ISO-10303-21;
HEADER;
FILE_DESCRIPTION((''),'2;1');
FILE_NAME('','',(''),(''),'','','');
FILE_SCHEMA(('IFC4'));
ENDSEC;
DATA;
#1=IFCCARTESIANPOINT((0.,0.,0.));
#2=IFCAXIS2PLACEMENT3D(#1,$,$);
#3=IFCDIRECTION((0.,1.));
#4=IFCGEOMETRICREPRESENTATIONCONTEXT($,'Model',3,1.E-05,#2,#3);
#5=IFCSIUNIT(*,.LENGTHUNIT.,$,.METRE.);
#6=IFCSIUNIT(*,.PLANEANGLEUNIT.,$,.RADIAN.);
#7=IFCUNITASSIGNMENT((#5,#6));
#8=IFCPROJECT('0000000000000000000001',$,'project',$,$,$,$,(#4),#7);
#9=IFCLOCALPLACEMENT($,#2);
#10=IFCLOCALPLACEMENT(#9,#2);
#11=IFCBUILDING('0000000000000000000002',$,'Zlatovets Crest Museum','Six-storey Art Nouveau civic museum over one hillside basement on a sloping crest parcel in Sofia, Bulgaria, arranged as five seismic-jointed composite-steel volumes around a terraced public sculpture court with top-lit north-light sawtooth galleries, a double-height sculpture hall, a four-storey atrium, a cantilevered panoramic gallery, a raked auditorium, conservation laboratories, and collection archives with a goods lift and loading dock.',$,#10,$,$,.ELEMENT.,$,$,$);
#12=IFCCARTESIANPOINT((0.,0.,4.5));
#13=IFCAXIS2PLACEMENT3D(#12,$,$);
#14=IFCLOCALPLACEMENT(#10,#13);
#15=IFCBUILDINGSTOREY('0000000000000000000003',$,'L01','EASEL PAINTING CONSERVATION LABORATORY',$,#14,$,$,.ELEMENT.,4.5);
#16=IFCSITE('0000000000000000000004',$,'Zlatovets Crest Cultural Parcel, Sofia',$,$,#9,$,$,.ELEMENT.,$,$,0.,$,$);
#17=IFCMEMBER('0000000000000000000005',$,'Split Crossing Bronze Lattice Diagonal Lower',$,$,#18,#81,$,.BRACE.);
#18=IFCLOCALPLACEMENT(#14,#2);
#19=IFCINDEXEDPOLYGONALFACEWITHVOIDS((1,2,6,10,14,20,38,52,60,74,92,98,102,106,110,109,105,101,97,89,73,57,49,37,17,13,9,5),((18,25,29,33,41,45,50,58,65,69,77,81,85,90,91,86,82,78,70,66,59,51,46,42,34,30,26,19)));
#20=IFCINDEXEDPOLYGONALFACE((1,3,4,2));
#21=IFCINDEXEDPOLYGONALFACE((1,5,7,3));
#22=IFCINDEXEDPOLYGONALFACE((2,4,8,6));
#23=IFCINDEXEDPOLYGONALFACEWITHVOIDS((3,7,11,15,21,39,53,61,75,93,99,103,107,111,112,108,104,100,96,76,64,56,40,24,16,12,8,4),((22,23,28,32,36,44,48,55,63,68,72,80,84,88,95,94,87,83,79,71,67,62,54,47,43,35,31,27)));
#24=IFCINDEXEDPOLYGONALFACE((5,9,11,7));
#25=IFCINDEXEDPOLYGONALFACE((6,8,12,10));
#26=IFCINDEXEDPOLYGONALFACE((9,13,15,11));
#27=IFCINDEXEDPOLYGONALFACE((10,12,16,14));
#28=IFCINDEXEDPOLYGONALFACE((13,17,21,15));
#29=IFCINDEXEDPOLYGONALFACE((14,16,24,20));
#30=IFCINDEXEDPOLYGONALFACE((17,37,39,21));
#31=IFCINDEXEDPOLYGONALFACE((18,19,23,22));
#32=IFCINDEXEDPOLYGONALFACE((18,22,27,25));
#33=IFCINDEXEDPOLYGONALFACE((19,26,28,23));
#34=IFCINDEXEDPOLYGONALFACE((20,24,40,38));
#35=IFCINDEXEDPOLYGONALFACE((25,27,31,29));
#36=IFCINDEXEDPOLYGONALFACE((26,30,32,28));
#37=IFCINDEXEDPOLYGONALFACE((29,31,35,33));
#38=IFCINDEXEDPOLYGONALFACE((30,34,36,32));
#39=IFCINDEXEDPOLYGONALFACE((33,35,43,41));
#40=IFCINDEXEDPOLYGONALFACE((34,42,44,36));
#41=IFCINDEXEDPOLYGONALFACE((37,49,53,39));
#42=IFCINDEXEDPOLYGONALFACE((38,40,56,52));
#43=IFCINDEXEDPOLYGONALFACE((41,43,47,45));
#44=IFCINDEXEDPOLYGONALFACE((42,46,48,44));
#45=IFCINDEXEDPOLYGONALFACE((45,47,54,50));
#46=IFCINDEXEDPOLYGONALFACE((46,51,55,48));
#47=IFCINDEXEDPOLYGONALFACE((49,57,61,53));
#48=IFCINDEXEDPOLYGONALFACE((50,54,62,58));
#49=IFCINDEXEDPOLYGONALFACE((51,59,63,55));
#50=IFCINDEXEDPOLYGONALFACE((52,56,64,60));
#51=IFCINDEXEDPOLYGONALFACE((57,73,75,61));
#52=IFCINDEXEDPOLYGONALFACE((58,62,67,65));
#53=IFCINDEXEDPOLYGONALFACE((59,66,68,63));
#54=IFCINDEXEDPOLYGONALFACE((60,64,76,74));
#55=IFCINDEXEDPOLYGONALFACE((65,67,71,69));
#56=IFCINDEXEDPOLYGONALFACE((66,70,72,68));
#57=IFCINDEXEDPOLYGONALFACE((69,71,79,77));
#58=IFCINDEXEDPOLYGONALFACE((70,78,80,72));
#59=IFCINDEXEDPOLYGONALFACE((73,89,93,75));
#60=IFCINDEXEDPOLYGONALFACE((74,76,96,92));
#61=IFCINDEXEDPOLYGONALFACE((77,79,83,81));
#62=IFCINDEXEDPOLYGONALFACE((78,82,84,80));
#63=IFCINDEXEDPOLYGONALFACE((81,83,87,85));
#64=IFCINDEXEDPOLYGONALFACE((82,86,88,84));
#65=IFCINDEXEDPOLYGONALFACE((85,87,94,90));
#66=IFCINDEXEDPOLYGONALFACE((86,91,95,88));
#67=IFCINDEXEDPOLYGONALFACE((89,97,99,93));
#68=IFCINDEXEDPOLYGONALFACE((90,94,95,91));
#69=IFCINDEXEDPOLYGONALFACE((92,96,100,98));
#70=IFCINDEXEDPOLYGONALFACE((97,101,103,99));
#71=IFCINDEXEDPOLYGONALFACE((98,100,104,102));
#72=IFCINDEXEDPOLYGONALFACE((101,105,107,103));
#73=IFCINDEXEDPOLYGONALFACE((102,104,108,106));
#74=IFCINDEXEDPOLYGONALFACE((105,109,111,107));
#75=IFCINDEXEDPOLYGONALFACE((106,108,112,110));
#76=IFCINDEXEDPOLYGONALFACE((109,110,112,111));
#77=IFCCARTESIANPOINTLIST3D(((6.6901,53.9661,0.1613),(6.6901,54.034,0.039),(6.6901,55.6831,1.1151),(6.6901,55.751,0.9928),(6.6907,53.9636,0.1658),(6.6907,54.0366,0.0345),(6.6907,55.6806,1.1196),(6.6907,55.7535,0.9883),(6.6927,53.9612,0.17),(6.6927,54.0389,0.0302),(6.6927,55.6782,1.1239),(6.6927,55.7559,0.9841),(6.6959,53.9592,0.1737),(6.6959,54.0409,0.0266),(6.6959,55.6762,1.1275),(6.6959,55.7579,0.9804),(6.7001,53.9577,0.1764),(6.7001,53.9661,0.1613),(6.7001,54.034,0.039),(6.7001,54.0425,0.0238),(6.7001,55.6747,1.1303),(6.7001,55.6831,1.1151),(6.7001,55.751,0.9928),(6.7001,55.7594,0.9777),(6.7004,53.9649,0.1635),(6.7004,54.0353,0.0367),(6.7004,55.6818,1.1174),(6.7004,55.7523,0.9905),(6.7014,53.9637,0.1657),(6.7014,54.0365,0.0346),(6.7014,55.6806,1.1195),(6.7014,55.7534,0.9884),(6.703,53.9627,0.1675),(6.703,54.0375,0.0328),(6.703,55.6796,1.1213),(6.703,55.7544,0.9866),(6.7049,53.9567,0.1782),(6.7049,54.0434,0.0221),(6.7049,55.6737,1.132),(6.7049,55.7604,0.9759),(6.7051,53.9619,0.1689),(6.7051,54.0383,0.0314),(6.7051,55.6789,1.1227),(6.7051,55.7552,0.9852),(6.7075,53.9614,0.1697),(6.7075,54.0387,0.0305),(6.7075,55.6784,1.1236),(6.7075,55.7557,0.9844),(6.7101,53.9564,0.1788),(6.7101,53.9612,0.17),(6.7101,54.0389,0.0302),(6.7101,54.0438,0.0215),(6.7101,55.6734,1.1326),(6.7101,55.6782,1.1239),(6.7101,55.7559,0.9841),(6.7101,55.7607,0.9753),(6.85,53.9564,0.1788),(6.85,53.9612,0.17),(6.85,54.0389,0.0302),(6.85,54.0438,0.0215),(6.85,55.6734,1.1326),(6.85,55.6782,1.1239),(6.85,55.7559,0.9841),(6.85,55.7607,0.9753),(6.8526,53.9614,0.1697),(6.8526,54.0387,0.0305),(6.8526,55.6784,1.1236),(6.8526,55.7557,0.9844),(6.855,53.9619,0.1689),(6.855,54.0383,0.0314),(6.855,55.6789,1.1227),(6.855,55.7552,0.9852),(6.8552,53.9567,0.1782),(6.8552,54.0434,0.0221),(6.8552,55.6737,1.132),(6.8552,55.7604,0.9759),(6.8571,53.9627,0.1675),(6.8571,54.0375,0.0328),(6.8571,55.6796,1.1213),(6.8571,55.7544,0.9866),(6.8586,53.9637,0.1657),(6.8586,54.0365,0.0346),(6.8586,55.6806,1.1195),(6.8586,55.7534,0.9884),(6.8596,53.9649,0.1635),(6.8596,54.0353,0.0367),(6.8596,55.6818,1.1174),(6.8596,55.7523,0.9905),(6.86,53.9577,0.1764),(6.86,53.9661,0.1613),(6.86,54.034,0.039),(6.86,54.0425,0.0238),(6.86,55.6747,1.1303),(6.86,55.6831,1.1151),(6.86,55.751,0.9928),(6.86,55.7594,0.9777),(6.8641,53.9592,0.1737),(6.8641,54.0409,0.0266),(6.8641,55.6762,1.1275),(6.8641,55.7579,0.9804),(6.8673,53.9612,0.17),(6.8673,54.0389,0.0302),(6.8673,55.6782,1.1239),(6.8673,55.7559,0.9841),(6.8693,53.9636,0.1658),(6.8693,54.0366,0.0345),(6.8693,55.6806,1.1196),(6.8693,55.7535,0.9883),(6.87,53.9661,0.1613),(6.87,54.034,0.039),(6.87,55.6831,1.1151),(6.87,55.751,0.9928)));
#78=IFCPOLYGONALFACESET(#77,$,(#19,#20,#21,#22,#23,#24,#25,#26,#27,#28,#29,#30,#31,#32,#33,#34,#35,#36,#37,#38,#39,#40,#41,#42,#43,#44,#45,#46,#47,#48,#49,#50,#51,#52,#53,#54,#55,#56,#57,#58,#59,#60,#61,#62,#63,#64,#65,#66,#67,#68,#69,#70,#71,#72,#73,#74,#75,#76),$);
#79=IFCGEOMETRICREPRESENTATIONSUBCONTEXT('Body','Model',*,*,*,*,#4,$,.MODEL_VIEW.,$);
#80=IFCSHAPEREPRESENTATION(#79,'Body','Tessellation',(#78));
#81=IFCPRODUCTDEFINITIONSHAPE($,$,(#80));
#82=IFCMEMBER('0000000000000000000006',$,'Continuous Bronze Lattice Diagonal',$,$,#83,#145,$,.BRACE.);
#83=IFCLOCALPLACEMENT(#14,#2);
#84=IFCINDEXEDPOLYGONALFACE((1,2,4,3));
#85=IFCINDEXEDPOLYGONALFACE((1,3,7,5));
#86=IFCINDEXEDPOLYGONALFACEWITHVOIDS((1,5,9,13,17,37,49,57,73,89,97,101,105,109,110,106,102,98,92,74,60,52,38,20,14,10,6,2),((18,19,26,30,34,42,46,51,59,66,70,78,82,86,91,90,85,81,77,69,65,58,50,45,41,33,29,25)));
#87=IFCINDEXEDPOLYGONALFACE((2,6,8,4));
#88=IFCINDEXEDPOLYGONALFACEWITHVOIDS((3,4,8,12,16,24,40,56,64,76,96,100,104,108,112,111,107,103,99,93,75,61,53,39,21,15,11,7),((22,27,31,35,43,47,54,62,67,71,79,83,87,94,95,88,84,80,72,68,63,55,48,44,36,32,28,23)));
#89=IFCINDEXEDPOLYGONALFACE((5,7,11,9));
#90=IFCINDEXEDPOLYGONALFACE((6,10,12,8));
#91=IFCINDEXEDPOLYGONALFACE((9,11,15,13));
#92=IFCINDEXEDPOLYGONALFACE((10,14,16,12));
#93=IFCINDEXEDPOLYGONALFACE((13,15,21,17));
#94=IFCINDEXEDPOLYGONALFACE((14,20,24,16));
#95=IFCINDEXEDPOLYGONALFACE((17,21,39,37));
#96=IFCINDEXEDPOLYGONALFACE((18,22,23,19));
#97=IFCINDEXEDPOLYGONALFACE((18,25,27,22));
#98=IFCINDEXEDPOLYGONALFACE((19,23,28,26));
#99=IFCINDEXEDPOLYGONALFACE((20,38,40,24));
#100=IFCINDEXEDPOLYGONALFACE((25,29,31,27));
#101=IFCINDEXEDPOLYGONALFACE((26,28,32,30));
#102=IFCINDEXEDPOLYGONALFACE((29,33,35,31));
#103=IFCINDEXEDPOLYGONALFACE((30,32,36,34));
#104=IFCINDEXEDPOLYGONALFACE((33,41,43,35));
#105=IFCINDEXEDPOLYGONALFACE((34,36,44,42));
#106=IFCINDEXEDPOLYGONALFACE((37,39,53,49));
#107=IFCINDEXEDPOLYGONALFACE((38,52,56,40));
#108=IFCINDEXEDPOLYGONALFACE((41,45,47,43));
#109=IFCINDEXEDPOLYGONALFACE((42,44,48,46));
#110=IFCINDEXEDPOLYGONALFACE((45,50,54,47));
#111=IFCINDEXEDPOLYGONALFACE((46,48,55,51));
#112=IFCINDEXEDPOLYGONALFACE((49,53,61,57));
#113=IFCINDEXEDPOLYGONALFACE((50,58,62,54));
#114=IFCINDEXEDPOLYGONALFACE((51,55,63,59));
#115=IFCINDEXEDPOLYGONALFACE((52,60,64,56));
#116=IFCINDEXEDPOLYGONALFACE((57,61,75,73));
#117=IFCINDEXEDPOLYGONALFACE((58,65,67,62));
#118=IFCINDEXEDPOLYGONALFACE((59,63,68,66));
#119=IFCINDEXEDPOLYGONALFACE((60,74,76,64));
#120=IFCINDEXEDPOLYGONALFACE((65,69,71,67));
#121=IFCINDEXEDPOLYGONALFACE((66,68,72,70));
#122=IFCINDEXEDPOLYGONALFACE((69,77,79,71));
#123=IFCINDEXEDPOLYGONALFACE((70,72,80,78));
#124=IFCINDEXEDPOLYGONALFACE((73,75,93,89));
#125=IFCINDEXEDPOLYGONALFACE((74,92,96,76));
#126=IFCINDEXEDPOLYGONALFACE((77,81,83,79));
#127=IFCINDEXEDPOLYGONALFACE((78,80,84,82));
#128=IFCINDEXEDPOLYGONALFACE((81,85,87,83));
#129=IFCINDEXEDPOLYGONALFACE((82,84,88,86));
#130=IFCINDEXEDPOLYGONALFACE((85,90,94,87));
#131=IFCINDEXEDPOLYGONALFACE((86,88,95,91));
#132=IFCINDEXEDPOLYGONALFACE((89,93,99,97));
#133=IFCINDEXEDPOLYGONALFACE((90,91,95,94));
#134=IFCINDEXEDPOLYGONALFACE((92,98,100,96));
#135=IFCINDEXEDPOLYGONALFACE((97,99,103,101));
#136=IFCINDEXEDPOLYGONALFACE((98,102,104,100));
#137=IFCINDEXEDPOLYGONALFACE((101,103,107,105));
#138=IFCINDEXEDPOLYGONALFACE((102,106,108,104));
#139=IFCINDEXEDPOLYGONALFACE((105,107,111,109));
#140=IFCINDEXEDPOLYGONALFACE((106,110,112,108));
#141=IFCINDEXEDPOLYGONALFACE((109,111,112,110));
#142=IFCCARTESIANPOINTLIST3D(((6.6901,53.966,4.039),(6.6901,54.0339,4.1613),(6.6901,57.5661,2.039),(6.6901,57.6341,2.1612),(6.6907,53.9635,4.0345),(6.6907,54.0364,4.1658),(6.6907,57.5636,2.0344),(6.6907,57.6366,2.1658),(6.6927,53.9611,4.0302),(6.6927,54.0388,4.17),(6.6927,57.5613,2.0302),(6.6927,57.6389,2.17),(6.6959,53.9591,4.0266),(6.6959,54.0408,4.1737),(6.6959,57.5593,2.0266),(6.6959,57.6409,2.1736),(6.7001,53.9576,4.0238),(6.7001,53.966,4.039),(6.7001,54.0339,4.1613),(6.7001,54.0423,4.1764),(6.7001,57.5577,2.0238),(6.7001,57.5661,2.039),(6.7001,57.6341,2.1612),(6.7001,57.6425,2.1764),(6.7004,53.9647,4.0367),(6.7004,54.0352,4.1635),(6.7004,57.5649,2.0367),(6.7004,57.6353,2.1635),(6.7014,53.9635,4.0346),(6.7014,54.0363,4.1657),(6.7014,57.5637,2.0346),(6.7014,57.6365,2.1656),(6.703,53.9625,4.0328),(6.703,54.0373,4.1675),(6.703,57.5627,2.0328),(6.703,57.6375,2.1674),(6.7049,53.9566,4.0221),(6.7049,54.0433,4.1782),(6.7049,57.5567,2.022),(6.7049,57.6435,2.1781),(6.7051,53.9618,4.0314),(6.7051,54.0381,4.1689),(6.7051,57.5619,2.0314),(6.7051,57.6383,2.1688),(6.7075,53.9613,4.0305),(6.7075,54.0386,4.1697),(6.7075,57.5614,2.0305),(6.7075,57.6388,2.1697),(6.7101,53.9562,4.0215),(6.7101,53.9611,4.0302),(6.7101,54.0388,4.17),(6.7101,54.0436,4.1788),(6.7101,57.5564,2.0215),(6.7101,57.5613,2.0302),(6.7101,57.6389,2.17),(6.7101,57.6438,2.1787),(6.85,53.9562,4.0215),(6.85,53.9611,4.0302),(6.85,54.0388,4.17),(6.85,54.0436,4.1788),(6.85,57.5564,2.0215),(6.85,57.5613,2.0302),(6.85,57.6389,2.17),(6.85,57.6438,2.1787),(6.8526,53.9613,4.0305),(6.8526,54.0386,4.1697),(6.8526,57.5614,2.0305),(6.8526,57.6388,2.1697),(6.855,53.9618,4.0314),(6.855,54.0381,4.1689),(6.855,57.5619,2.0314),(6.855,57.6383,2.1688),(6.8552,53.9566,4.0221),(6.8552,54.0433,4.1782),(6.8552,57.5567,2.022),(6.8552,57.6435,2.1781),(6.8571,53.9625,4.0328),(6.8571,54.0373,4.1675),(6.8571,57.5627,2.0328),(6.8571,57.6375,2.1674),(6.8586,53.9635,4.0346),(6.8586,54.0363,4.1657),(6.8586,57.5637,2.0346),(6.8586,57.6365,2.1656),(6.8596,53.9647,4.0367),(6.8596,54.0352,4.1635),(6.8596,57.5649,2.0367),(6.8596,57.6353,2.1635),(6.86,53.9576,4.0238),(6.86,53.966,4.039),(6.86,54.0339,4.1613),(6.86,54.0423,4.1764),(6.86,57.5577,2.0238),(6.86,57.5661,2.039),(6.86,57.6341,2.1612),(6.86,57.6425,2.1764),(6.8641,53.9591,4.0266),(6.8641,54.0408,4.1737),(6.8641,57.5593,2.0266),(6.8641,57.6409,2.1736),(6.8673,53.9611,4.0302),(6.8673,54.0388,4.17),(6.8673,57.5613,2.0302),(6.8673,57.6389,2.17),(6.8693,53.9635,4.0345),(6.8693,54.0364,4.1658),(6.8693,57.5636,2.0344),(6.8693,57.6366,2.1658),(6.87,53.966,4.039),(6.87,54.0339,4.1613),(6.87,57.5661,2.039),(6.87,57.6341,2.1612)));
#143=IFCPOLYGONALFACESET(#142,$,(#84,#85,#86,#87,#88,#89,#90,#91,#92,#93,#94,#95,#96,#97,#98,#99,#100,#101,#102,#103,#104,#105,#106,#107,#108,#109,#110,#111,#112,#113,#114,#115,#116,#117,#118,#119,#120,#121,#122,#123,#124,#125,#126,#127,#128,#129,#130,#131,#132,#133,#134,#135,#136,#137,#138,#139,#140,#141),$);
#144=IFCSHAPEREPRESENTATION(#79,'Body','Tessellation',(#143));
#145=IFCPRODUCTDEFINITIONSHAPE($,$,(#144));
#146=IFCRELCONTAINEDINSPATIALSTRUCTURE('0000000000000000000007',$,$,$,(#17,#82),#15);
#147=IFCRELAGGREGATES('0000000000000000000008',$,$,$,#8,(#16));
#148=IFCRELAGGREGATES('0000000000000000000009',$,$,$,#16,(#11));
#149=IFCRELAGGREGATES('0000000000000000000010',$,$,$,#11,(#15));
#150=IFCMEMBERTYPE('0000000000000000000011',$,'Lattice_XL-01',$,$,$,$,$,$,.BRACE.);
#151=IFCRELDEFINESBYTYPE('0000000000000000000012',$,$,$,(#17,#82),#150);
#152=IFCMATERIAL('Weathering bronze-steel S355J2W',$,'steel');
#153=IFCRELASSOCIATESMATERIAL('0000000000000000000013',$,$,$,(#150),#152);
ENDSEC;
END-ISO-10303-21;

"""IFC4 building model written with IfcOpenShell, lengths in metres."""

from ifc_helpers import new_model, si_unit, direction, frame, origin, origin_2d, place, context, subcontext, project, spatial, hollow_rectangle, extrude, material, material_profile, profile_set, type_object, element, save


model = new_model("IFC4")

# Units and contexts
model_context = context("Model", 3, precision=1e-05, world=origin(), true_north=direction((0.0, 1.0)))
body_context = subcontext(model_context, "Body", "Model", "MODEL_VIEW")
ifc_project = project(units=[si_unit("LENGTHUNIT", "METRE"), si_unit("PLANEANGLEUNIT", "RADIAN")], contexts=[model_context])

# Site, building, storey
site_placement = place(None, origin())
site = spatial("IfcSite", under=ifc_project, at=site_placement, Name="Zlatovets Crest Cultural Parcel, Sofia", CompositionType="ELEMENT", RefElevation=0.0)
building_placement = place(site_placement, origin())
building = spatial("IfcBuilding", under=site, at=building_placement, Name="Zlatovets Crest Museum", Description="Six-storey Art Nouveau civic museum over one hillside basement on a sloping crest parcel in Sofia, Bulgaria, arranged as five seismic-jointed composite-steel volumes around a terraced public sculpture court with top-lit north-light sawtooth galleries, a double-height sculpture hall, a four-storey atrium, a cantilevered panoramic gallery, a raked auditorium, conservation laboratories, and collection archives with a goods lift and loading dock.", CompositionType="ELEMENT")
storey_placement = place(building_placement, frame((0.0, 0.0, 4.5)))
storey = spatial("IfcBuildingStorey", under=building, at=storey_placement, Name="L01", Description="EASEL PAINTING CONSERVATION LABORATORY", CompositionType="ELEMENT", Elevation=4.5)

# Members
ifc_material_1 = material(Name="Weathering bronze-steel S355J2W", Category="steel")
ifc_material_profile_1 = material_profile(ifc_material_1, hollow_rectangle(XDim=0.1799, YDim=0.1799, WallThickness=0.01, InnerFilletRadius=0.01, OuterFilletRadius=0.02, at=origin_2d()), Name="SHS 180x180x10.0")
ifc_profile_set_1 = profile_set([ifc_material_profile_1], Name="Weathering bronze-steel S355J2W")
member_type_1 = type_object("IfcMemberType", Name="Lattice_XL-01", PredefinedType="BRACE", material=ifc_profile_set_1)
member_1_placement = place(storey_placement, frame((6.78, 55.717, 1.054), z_axis=(0.0, -0.874169, -0.485622), x_axis=(1.0, 0.0, 0.0)))
element("IfcMember", 1, at=member_1_placement, inside=storey, type_object=member_type_1, Name="Split Crossing Bronze Lattice Diagonal Lower", PredefinedType="BRACE", context=body_context, shape_type="SweptSolid", body=[
    extrude(hollow_rectangle(XDim=0.1799, YDim=0.1799, WallThickness=0.01, InnerFilletRadius=0.01, OuterFilletRadius=0.02, at=origin_2d()), origin(), (0.0, 0.0, 1.0), 1.9641),
])
member_2_placement = place(storey_placement, frame((6.78, 57.6001, 2.1001), z_axis=(0.0, -0.874163, 0.485633), x_axis=(1.0, 0.0, 0.0)))
element("IfcMember", 2, at=member_2_placement, inside=storey, type_object=member_type_1, Name="Continuous Bronze Lattice Diagonal", PredefinedType="BRACE", context=body_context, shape_type="SweptSolid", body=[
    extrude(hollow_rectangle(XDim=0.1799, YDim=0.1799, WallThickness=0.01, InnerFilletRadius=0.01, OuterFilletRadius=0.02, at=origin_2d()), origin(), (0.0, 0.0, 1.0), 4.1184),
])

save(model, "model.ifc")
